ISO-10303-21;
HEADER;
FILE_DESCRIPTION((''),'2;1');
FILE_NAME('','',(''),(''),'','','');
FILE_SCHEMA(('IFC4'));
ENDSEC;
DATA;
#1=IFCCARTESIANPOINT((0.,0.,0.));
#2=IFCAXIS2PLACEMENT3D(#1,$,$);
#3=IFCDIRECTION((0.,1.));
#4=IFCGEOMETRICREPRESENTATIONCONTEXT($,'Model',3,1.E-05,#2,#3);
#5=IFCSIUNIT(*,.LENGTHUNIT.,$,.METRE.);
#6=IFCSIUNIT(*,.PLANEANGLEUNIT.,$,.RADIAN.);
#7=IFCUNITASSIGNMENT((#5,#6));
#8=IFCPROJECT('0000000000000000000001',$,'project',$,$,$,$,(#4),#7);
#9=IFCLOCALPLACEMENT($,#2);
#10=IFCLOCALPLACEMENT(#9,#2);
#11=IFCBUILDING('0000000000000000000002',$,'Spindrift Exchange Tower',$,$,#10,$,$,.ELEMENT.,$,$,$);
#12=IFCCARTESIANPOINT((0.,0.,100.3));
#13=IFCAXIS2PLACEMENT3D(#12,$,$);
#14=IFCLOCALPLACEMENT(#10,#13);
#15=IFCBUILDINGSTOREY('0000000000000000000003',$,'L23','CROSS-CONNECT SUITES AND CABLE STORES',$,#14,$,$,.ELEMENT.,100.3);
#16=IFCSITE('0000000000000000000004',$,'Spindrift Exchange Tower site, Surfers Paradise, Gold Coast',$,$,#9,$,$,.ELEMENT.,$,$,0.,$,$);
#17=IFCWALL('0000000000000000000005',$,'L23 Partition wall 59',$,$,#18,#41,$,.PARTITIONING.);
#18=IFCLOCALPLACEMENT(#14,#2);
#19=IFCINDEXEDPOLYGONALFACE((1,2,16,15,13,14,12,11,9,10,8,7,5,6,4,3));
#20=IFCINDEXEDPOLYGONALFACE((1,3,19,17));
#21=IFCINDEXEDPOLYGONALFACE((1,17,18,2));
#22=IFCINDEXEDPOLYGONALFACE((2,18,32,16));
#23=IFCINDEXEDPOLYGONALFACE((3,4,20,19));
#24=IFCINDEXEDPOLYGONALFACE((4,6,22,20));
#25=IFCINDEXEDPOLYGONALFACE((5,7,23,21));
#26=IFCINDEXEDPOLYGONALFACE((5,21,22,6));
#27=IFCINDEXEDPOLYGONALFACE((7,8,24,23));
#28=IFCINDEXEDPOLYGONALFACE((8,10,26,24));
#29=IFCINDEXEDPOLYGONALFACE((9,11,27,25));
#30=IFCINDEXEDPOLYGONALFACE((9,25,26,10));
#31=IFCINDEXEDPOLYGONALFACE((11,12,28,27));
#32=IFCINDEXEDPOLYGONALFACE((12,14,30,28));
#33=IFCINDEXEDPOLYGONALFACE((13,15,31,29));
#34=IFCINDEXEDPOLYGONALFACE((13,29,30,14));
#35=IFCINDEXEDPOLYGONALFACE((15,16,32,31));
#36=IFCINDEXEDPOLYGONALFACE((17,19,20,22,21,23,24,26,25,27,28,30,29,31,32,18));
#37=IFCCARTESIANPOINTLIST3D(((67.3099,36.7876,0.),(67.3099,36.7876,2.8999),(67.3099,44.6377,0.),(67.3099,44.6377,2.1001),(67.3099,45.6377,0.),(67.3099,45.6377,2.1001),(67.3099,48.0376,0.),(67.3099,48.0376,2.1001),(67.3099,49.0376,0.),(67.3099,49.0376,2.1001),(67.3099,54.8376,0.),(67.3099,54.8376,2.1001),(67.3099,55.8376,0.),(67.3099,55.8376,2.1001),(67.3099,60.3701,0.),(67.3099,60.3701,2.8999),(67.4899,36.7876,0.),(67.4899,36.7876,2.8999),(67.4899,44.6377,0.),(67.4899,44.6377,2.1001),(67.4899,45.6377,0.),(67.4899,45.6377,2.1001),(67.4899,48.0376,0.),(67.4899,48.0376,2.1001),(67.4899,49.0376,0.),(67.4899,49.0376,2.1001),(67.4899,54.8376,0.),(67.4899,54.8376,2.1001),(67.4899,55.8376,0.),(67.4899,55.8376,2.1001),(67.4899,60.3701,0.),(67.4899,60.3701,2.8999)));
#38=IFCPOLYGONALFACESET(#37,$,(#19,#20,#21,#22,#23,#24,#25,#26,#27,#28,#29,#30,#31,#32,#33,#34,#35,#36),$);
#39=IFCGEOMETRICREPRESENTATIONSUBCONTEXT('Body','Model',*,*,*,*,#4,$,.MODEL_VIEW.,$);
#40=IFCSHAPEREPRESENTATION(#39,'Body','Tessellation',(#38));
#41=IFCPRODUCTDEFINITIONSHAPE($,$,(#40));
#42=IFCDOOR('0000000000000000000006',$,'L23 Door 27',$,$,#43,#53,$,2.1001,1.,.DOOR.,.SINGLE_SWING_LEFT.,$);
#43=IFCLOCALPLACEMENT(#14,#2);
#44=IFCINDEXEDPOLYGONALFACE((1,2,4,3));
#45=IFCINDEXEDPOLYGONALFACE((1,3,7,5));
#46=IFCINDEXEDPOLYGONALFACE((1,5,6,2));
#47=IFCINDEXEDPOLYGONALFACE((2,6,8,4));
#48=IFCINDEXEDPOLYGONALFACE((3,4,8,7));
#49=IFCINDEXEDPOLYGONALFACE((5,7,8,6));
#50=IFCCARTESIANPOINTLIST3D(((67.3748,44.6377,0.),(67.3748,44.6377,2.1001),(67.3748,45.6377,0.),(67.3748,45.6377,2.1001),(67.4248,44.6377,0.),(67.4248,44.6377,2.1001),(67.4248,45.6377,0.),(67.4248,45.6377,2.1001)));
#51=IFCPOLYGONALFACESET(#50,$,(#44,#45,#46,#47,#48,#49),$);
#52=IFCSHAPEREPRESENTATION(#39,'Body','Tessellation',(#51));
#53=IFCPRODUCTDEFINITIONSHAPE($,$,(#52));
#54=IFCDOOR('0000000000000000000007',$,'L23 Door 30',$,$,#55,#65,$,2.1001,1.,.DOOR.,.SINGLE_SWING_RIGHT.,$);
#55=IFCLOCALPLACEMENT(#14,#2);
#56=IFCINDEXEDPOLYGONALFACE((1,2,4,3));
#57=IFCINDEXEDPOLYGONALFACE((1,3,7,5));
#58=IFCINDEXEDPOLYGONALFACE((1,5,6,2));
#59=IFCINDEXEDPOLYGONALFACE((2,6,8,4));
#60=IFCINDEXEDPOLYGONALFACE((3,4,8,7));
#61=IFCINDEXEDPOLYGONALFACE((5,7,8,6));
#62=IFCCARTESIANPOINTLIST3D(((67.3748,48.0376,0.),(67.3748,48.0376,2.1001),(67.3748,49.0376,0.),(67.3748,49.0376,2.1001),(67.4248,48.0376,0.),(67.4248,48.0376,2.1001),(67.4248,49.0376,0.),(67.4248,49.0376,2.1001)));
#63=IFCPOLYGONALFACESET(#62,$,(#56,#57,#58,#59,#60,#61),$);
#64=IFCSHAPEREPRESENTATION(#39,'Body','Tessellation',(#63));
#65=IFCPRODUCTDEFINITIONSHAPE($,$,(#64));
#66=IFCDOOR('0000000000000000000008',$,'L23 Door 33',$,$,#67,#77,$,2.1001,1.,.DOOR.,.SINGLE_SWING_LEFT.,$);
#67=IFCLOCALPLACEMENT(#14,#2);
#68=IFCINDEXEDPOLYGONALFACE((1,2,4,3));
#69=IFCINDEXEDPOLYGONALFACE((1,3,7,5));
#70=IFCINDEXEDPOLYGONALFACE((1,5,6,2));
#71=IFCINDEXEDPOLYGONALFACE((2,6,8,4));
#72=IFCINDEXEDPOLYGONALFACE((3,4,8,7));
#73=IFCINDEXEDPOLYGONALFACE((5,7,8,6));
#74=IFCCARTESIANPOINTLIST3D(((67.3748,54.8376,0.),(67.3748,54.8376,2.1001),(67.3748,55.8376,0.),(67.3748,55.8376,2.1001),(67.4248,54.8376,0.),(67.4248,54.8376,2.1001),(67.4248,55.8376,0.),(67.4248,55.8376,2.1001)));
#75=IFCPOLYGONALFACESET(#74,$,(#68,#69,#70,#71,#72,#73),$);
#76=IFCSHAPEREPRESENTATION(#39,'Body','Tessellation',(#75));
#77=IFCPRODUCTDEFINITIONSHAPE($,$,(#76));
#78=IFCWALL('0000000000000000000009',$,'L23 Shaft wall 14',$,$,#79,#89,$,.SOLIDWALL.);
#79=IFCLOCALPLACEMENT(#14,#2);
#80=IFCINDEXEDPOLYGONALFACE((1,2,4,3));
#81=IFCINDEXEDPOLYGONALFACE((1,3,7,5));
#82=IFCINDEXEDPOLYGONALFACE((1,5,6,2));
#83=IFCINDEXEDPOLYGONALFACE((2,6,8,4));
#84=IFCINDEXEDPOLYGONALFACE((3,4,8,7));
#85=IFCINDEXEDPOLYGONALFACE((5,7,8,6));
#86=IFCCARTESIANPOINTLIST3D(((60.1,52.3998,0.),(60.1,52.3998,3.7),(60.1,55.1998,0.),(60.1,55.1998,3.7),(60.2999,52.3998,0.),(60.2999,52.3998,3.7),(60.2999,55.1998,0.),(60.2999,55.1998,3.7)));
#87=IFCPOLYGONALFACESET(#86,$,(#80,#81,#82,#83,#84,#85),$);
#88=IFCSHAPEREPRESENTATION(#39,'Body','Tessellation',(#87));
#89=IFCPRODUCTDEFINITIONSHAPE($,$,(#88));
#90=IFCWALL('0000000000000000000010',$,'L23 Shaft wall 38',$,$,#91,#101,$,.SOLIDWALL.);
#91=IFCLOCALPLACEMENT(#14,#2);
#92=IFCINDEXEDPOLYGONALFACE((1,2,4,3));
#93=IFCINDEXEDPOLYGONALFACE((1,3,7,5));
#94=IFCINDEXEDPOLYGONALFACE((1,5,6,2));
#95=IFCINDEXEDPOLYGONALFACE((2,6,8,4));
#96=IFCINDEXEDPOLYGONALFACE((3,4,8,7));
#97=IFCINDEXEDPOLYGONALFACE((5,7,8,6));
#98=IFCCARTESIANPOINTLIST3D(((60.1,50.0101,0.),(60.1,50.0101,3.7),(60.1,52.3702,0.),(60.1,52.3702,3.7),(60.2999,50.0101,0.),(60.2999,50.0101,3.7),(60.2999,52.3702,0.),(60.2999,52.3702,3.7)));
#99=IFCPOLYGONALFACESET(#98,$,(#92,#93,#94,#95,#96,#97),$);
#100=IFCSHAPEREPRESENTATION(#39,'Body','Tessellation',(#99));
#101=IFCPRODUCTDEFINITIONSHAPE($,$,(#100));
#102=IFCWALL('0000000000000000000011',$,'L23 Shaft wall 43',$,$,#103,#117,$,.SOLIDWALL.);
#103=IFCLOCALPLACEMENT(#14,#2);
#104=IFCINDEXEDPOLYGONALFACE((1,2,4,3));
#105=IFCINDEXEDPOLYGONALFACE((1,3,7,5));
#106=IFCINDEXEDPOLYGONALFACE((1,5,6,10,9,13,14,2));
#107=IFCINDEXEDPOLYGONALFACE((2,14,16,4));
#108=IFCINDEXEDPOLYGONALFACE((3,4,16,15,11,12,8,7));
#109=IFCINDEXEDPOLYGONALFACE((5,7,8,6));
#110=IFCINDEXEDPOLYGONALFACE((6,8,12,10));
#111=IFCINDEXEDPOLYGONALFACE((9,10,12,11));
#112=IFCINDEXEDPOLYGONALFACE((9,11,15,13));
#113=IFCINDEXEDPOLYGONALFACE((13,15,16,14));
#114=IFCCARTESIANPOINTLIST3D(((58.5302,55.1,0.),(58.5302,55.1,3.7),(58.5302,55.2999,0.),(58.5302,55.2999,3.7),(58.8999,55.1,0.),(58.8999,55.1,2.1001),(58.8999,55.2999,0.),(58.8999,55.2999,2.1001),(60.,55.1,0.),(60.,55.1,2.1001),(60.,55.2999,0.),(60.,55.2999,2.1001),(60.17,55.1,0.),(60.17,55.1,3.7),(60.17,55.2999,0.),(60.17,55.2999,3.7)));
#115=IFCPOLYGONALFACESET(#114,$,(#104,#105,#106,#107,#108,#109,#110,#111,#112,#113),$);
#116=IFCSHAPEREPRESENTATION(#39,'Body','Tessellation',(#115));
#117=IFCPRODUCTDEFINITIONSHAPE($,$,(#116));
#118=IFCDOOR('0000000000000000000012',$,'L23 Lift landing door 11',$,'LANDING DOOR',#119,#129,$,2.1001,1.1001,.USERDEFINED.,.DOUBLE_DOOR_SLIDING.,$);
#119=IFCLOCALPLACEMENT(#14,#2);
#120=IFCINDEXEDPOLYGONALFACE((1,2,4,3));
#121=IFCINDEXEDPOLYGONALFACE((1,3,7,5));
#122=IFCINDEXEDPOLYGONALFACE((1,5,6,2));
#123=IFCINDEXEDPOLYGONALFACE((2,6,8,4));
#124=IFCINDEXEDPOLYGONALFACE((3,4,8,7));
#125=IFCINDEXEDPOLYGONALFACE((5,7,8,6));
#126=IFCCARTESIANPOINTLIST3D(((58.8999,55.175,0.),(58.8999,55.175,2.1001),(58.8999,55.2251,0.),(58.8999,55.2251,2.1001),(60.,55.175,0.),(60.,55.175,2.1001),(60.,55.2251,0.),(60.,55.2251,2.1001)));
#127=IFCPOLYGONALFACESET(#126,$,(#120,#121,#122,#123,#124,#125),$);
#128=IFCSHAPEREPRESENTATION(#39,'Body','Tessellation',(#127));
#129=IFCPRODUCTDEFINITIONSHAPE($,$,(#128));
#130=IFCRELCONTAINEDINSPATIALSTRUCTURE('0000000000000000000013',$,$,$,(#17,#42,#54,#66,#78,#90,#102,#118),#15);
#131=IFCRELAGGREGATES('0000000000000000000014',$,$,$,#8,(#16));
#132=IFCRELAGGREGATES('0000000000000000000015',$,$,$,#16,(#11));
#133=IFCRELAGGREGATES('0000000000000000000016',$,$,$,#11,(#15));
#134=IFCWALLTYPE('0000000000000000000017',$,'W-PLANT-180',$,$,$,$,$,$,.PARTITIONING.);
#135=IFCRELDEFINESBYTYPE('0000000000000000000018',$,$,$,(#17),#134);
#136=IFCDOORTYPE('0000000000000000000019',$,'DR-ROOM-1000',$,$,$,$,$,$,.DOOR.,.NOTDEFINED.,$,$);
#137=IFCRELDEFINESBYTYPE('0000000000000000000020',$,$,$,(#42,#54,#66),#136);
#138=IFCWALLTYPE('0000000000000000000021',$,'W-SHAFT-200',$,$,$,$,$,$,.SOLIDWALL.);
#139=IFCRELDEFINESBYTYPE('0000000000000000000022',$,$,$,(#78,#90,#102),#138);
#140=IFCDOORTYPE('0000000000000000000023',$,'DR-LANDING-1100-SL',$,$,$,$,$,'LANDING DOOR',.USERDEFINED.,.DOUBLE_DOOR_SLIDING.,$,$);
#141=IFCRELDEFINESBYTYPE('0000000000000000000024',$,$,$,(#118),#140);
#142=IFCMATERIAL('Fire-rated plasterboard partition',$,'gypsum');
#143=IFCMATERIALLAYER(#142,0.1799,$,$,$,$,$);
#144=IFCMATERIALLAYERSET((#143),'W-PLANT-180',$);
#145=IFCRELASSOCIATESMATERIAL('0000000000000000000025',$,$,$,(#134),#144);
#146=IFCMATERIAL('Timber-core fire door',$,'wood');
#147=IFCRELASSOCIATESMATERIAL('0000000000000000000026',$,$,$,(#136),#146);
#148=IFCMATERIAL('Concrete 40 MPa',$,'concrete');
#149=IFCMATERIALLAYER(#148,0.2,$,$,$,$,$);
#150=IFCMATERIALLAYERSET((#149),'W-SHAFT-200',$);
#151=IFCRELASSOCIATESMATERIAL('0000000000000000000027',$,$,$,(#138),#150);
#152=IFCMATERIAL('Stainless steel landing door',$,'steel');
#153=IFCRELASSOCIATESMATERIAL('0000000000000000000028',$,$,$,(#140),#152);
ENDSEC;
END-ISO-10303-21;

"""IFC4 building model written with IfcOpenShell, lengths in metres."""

from ifc_helpers import new_model, si_unit, direction, frame, frame_2d, origin, place, context, subcontext, project, spatial, rectangle, extrude, source, transform, mapped, material, layer, layer_set, type_object, element, fill, save


model = new_model("IFC4")

# Units and contexts
model_context = context("Model", 3, precision=1e-05, world=origin(), true_north=direction((0.0, 1.0)))
body_context = subcontext(model_context, "Body", "Model", "MODEL_VIEW")
ifc_project = project(units=[si_unit("LENGTHUNIT", "METRE"), si_unit("PLANEANGLEUNIT", "RADIAN")], contexts=[model_context])

# Site, building, storey
site_placement = place(None, origin())
site = spatial("IfcSite", under=ifc_project, at=site_placement, Name="Spindrift Exchange Tower site, Surfers Paradise, Gold Coast", CompositionType="ELEMENT", RefElevation=0.0)
building_placement = place(site_placement, origin())
building = spatial("IfcBuilding", under=site, at=building_placement, Name="Spindrift Exchange Tower", CompositionType="ELEMENT")
storey_placement = place(building_placement, frame((0.0, 0.0, 100.3)))
storey = spatial("IfcBuildingStorey", under=building, at=storey_placement, Name="L23", Description="CROSS-CONNECT SUITES AND CABLE STORES", CompositionType="ELEMENT", Elevation=100.3)

# Shared definitions
ifc_material_1 = material(Name="Fire-rated plasterboard partition", Category="gypsum")

# Wall, openings, doors
ifc_layer_1 = layer(ifc_material_1, 0.1799)
ifc_layer_set_1 = layer_set([ifc_layer_1], Name="W-PLANT-180")
wall_type_1 = type_object("IfcWallType", Name="W-PLANT-180", PredefinedType="PARTITIONING", material=ifc_layer_set_1)
wall_1_placement = place(storey_placement, frame((67.3999, 60.3701, 0.0), z_axis=(0.0, 0.0, 1.0), x_axis=(0.0, -1.0, 0.0)))
wall_1 = element("IfcWall", 1, at=wall_1_placement, inside=storey, type_object=wall_type_1, Name="L23 Partition wall 59", PredefinedType="PARTITIONING", context=body_context, shape_type="SweptSolid", body=[
    extrude(rectangle(XDim=23.5825, YDim=0.1799, at=frame_2d((11.7913, 0.0))), origin(), (0.0, 0.0, 1.0), 2.8999),
])
opening_1_placement = place(wall_1_placement, frame((14.7324, 0.0, 0.0)))
opening_1 = element("IfcOpeningElement", 2, at=opening_1_placement, cuts=wall_1, PredefinedType="OPENING", context=body_context, shape_type="SweptSolid", body=[
    extrude(rectangle(XDim=1.0, YDim=2.1001, at=frame_2d((0.5, 1.05))), frame((0.0, 0.0999, 0.0), z_axis=(0.0, -1.0, 0.0), x_axis=(1.0, 0.0, 0.0)), (0.0, 0.0, 1.0), 0.2),
])
opening_2_placement = place(wall_1_placement, frame((11.3325, 0.0, 0.0)))
opening_2 = element("IfcOpeningElement", 3, at=opening_2_placement, cuts=wall_1, PredefinedType="OPENING", context=body_context, shape_type="SweptSolid", body=[
    extrude(rectangle(XDim=1.0, YDim=2.1001, at=frame_2d((0.5, 1.05))), frame((0.0, 0.0999, 0.0), z_axis=(0.0, -1.0, 0.0), x_axis=(1.0, 0.0, 0.0)), (0.0, 0.0, 1.0), 0.2),
])
opening_3_placement = place(wall_1_placement, frame((4.5325, 0.0, 0.0)))
opening_3 = element("IfcOpeningElement", 4, at=opening_3_placement, cuts=wall_1, PredefinedType="OPENING", context=body_context, shape_type="SweptSolid", body=[
    extrude(rectangle(XDim=1.0, YDim=2.1001, at=frame_2d((0.5, 1.05))), frame((0.0, 0.0999, 0.0), z_axis=(0.0, -1.0, 0.0), x_axis=(1.0, 0.0, 0.0)), (0.0, 0.0, 1.0), 0.2),
])
ifc_material_2 = material(Name="Timber-core fire door", Category="wood")
door_type_1 = type_object("IfcDoorType", Name="DR-ROOM-1000", OperationType="NOTDEFINED", PredefinedType="DOOR", material=ifc_material_2)
shared_shape_1 = source(origin(), body_context, "Body", "SweptSolid", [
    extrude(rectangle(XDim=1.0, YDim=2.1001, at=frame_2d((0.5, 1.05))), frame((0.0, 0.0249, 0.0), z_axis=(0.0, -1.0, 0.0), x_axis=(1.0, 0.0, 0.0)), (0.0, 0.0, 1.0), 0.05),
])
door_1_placement = place(opening_1_placement, origin())
door_1 = element("IfcDoor", 5, at=door_1_placement, inside=storey, type_object=door_type_1, Name="L23 Door 27", OperationType="SINGLE_SWING_LEFT", OverallHeight=2.1001, OverallWidth=1.0, PredefinedType="DOOR", context=body_context, shape_type="MappedRepresentation", body=[
    mapped(shared_shape_1, transform((0.0, 0.0, 0.0), scale=1.0)),
])
fill(opening_1, door_1)
door_2_placement = place(opening_2_placement, origin())
door_2 = element("IfcDoor", 6, at=door_2_placement, inside=storey, type_object=door_type_1, Name="L23 Door 30", OperationType="SINGLE_SWING_RIGHT", OverallHeight=2.1001, OverallWidth=1.0, PredefinedType="DOOR", context=body_context, shape_type="MappedRepresentation", body=[
    mapped(shared_shape_1, transform((0.0, 0.0, 0.0), scale=1.0)),
])
fill(opening_2, door_2)
door_3_placement = place(opening_3_placement, origin())
door_3 = element("IfcDoor", 7, at=door_3_placement, inside=storey, type_object=door_type_1, Name="L23 Door 33", OperationType="SINGLE_SWING_LEFT", OverallHeight=2.1001, OverallWidth=1.0, PredefinedType="DOOR", context=body_context, shape_type="MappedRepresentation", body=[
    mapped(shared_shape_1, transform((0.0, 0.0, 0.0), scale=1.0)),
])
fill(opening_3, door_3)

# Walls
ifc_material_3 = material(Name="Concrete 40 MPa", Category="concrete")
ifc_layer_2 = layer(ifc_material_3, 0.2)
ifc_layer_set_2 = layer_set([ifc_layer_2], Name="W-SHAFT-200")
wall_type_2 = type_object("IfcWallType", Name="W-SHAFT-200", PredefinedType="SOLIDWALL", material=ifc_layer_set_2)
wall_2_placement = place(storey_placement, frame((60.2, 52.3999, 0.0), z_axis=(0.0, 0.0, 1.0), x_axis=(0.0, 1.0, 0.0)))
element("IfcWall", 8, at=wall_2_placement, inside=storey, type_object=wall_type_2, Name="L23 Shaft wall 14", PredefinedType="SOLIDWALL", context=body_context, shape_type="SweptSolid", body=[
    extrude(rectangle(XDim=2.8, YDim=0.2, at=frame_2d((1.3999, 0.0))), origin(), (0.0, 0.0, 1.0), 3.7),
])
wall_3_placement = place(storey_placement, frame((60.2, 50.01, 0.0), z_axis=(0.0, 0.0, 1.0), x_axis=(0.0, 1.0, 0.0)))
element("IfcWall", 9, at=wall_3_placement, inside=storey, type_object=wall_type_2, Name="L23 Shaft wall 38", PredefinedType="SOLIDWALL", context=body_context, shape_type="SweptSolid", body=[
    extrude(rectangle(XDim=2.3601, YDim=0.2, at=frame_2d((1.1802, 0.0))), origin(), (0.0, 0.0, 1.0), 3.7),
])

# Wall, opening, door
wall_4_placement = place(storey_placement, frame((60.1699, 55.2, 0.0), z_axis=(0.0, 0.0, 1.0), x_axis=(-1.0, 0.0, 0.0)))
wall_4 = element("IfcWall", 10, at=wall_4_placement, inside=storey, type_object=wall_type_2, Name="L23 Shaft wall 43", PredefinedType="SOLIDWALL", context=body_context, shape_type="SweptSolid", body=[
    extrude(rectangle(XDim=1.6399, YDim=0.2, at=frame_2d((0.8198, 0.0))), origin(), (0.0, 0.0, 1.0), 3.7),
])
opening_4_placement = place(wall_4_placement, frame((0.1699, 0.0, 0.0)))
opening_4 = element("IfcOpeningElement", 11, at=opening_4_placement, cuts=wall_4, PredefinedType="OPENING", context=body_context, shape_type="SweptSolid", body=[
    extrude(rectangle(XDim=1.1001, YDim=2.1001, at=frame_2d((0.55, 1.05))), frame((0.0, 0.1099, 0.0), z_axis=(0.0, -1.0, 0.0), x_axis=(1.0, 0.0, 0.0)), (0.0, 0.0, 1.0), 0.22),
])
ifc_material_4 = material(Name="Stainless steel landing door", Category="steel")
door_type_2 = type_object("IfcDoorType", Name="DR-LANDING-1100-SL", ElementType="LANDING DOOR", OperationType="DOUBLE_DOOR_SLIDING", PredefinedType="USERDEFINED", material=ifc_material_4)
shared_shape_2 = source(origin(), body_context, "Body", "SweptSolid", [
    extrude(rectangle(XDim=1.1001, YDim=2.1001, at=frame_2d((0.55, 1.05))), frame((0.0, 0.0249, 0.0), z_axis=(0.0, -1.0, 0.0), x_axis=(1.0, 0.0, 0.0)), (0.0, 0.0, 1.0), 0.05),
])
door_4_placement = place(opening_4_placement, origin())
door_4 = element("IfcDoor", 12, at=door_4_placement, inside=storey, type_object=door_type_2, Name="L23 Lift landing door 11", ObjectType="LANDING DOOR", OperationType="DOUBLE_DOOR_SLIDING", OverallHeight=2.1001, OverallWidth=1.1001, PredefinedType="USERDEFINED", context=body_context, shape_type="MappedRepresentation", body=[
    mapped(shared_shape_2, transform((0.0, 0.0, 0.0), scale=1.0)),
])
fill(opening_4, door_4)

save(model, "model.ifc")
